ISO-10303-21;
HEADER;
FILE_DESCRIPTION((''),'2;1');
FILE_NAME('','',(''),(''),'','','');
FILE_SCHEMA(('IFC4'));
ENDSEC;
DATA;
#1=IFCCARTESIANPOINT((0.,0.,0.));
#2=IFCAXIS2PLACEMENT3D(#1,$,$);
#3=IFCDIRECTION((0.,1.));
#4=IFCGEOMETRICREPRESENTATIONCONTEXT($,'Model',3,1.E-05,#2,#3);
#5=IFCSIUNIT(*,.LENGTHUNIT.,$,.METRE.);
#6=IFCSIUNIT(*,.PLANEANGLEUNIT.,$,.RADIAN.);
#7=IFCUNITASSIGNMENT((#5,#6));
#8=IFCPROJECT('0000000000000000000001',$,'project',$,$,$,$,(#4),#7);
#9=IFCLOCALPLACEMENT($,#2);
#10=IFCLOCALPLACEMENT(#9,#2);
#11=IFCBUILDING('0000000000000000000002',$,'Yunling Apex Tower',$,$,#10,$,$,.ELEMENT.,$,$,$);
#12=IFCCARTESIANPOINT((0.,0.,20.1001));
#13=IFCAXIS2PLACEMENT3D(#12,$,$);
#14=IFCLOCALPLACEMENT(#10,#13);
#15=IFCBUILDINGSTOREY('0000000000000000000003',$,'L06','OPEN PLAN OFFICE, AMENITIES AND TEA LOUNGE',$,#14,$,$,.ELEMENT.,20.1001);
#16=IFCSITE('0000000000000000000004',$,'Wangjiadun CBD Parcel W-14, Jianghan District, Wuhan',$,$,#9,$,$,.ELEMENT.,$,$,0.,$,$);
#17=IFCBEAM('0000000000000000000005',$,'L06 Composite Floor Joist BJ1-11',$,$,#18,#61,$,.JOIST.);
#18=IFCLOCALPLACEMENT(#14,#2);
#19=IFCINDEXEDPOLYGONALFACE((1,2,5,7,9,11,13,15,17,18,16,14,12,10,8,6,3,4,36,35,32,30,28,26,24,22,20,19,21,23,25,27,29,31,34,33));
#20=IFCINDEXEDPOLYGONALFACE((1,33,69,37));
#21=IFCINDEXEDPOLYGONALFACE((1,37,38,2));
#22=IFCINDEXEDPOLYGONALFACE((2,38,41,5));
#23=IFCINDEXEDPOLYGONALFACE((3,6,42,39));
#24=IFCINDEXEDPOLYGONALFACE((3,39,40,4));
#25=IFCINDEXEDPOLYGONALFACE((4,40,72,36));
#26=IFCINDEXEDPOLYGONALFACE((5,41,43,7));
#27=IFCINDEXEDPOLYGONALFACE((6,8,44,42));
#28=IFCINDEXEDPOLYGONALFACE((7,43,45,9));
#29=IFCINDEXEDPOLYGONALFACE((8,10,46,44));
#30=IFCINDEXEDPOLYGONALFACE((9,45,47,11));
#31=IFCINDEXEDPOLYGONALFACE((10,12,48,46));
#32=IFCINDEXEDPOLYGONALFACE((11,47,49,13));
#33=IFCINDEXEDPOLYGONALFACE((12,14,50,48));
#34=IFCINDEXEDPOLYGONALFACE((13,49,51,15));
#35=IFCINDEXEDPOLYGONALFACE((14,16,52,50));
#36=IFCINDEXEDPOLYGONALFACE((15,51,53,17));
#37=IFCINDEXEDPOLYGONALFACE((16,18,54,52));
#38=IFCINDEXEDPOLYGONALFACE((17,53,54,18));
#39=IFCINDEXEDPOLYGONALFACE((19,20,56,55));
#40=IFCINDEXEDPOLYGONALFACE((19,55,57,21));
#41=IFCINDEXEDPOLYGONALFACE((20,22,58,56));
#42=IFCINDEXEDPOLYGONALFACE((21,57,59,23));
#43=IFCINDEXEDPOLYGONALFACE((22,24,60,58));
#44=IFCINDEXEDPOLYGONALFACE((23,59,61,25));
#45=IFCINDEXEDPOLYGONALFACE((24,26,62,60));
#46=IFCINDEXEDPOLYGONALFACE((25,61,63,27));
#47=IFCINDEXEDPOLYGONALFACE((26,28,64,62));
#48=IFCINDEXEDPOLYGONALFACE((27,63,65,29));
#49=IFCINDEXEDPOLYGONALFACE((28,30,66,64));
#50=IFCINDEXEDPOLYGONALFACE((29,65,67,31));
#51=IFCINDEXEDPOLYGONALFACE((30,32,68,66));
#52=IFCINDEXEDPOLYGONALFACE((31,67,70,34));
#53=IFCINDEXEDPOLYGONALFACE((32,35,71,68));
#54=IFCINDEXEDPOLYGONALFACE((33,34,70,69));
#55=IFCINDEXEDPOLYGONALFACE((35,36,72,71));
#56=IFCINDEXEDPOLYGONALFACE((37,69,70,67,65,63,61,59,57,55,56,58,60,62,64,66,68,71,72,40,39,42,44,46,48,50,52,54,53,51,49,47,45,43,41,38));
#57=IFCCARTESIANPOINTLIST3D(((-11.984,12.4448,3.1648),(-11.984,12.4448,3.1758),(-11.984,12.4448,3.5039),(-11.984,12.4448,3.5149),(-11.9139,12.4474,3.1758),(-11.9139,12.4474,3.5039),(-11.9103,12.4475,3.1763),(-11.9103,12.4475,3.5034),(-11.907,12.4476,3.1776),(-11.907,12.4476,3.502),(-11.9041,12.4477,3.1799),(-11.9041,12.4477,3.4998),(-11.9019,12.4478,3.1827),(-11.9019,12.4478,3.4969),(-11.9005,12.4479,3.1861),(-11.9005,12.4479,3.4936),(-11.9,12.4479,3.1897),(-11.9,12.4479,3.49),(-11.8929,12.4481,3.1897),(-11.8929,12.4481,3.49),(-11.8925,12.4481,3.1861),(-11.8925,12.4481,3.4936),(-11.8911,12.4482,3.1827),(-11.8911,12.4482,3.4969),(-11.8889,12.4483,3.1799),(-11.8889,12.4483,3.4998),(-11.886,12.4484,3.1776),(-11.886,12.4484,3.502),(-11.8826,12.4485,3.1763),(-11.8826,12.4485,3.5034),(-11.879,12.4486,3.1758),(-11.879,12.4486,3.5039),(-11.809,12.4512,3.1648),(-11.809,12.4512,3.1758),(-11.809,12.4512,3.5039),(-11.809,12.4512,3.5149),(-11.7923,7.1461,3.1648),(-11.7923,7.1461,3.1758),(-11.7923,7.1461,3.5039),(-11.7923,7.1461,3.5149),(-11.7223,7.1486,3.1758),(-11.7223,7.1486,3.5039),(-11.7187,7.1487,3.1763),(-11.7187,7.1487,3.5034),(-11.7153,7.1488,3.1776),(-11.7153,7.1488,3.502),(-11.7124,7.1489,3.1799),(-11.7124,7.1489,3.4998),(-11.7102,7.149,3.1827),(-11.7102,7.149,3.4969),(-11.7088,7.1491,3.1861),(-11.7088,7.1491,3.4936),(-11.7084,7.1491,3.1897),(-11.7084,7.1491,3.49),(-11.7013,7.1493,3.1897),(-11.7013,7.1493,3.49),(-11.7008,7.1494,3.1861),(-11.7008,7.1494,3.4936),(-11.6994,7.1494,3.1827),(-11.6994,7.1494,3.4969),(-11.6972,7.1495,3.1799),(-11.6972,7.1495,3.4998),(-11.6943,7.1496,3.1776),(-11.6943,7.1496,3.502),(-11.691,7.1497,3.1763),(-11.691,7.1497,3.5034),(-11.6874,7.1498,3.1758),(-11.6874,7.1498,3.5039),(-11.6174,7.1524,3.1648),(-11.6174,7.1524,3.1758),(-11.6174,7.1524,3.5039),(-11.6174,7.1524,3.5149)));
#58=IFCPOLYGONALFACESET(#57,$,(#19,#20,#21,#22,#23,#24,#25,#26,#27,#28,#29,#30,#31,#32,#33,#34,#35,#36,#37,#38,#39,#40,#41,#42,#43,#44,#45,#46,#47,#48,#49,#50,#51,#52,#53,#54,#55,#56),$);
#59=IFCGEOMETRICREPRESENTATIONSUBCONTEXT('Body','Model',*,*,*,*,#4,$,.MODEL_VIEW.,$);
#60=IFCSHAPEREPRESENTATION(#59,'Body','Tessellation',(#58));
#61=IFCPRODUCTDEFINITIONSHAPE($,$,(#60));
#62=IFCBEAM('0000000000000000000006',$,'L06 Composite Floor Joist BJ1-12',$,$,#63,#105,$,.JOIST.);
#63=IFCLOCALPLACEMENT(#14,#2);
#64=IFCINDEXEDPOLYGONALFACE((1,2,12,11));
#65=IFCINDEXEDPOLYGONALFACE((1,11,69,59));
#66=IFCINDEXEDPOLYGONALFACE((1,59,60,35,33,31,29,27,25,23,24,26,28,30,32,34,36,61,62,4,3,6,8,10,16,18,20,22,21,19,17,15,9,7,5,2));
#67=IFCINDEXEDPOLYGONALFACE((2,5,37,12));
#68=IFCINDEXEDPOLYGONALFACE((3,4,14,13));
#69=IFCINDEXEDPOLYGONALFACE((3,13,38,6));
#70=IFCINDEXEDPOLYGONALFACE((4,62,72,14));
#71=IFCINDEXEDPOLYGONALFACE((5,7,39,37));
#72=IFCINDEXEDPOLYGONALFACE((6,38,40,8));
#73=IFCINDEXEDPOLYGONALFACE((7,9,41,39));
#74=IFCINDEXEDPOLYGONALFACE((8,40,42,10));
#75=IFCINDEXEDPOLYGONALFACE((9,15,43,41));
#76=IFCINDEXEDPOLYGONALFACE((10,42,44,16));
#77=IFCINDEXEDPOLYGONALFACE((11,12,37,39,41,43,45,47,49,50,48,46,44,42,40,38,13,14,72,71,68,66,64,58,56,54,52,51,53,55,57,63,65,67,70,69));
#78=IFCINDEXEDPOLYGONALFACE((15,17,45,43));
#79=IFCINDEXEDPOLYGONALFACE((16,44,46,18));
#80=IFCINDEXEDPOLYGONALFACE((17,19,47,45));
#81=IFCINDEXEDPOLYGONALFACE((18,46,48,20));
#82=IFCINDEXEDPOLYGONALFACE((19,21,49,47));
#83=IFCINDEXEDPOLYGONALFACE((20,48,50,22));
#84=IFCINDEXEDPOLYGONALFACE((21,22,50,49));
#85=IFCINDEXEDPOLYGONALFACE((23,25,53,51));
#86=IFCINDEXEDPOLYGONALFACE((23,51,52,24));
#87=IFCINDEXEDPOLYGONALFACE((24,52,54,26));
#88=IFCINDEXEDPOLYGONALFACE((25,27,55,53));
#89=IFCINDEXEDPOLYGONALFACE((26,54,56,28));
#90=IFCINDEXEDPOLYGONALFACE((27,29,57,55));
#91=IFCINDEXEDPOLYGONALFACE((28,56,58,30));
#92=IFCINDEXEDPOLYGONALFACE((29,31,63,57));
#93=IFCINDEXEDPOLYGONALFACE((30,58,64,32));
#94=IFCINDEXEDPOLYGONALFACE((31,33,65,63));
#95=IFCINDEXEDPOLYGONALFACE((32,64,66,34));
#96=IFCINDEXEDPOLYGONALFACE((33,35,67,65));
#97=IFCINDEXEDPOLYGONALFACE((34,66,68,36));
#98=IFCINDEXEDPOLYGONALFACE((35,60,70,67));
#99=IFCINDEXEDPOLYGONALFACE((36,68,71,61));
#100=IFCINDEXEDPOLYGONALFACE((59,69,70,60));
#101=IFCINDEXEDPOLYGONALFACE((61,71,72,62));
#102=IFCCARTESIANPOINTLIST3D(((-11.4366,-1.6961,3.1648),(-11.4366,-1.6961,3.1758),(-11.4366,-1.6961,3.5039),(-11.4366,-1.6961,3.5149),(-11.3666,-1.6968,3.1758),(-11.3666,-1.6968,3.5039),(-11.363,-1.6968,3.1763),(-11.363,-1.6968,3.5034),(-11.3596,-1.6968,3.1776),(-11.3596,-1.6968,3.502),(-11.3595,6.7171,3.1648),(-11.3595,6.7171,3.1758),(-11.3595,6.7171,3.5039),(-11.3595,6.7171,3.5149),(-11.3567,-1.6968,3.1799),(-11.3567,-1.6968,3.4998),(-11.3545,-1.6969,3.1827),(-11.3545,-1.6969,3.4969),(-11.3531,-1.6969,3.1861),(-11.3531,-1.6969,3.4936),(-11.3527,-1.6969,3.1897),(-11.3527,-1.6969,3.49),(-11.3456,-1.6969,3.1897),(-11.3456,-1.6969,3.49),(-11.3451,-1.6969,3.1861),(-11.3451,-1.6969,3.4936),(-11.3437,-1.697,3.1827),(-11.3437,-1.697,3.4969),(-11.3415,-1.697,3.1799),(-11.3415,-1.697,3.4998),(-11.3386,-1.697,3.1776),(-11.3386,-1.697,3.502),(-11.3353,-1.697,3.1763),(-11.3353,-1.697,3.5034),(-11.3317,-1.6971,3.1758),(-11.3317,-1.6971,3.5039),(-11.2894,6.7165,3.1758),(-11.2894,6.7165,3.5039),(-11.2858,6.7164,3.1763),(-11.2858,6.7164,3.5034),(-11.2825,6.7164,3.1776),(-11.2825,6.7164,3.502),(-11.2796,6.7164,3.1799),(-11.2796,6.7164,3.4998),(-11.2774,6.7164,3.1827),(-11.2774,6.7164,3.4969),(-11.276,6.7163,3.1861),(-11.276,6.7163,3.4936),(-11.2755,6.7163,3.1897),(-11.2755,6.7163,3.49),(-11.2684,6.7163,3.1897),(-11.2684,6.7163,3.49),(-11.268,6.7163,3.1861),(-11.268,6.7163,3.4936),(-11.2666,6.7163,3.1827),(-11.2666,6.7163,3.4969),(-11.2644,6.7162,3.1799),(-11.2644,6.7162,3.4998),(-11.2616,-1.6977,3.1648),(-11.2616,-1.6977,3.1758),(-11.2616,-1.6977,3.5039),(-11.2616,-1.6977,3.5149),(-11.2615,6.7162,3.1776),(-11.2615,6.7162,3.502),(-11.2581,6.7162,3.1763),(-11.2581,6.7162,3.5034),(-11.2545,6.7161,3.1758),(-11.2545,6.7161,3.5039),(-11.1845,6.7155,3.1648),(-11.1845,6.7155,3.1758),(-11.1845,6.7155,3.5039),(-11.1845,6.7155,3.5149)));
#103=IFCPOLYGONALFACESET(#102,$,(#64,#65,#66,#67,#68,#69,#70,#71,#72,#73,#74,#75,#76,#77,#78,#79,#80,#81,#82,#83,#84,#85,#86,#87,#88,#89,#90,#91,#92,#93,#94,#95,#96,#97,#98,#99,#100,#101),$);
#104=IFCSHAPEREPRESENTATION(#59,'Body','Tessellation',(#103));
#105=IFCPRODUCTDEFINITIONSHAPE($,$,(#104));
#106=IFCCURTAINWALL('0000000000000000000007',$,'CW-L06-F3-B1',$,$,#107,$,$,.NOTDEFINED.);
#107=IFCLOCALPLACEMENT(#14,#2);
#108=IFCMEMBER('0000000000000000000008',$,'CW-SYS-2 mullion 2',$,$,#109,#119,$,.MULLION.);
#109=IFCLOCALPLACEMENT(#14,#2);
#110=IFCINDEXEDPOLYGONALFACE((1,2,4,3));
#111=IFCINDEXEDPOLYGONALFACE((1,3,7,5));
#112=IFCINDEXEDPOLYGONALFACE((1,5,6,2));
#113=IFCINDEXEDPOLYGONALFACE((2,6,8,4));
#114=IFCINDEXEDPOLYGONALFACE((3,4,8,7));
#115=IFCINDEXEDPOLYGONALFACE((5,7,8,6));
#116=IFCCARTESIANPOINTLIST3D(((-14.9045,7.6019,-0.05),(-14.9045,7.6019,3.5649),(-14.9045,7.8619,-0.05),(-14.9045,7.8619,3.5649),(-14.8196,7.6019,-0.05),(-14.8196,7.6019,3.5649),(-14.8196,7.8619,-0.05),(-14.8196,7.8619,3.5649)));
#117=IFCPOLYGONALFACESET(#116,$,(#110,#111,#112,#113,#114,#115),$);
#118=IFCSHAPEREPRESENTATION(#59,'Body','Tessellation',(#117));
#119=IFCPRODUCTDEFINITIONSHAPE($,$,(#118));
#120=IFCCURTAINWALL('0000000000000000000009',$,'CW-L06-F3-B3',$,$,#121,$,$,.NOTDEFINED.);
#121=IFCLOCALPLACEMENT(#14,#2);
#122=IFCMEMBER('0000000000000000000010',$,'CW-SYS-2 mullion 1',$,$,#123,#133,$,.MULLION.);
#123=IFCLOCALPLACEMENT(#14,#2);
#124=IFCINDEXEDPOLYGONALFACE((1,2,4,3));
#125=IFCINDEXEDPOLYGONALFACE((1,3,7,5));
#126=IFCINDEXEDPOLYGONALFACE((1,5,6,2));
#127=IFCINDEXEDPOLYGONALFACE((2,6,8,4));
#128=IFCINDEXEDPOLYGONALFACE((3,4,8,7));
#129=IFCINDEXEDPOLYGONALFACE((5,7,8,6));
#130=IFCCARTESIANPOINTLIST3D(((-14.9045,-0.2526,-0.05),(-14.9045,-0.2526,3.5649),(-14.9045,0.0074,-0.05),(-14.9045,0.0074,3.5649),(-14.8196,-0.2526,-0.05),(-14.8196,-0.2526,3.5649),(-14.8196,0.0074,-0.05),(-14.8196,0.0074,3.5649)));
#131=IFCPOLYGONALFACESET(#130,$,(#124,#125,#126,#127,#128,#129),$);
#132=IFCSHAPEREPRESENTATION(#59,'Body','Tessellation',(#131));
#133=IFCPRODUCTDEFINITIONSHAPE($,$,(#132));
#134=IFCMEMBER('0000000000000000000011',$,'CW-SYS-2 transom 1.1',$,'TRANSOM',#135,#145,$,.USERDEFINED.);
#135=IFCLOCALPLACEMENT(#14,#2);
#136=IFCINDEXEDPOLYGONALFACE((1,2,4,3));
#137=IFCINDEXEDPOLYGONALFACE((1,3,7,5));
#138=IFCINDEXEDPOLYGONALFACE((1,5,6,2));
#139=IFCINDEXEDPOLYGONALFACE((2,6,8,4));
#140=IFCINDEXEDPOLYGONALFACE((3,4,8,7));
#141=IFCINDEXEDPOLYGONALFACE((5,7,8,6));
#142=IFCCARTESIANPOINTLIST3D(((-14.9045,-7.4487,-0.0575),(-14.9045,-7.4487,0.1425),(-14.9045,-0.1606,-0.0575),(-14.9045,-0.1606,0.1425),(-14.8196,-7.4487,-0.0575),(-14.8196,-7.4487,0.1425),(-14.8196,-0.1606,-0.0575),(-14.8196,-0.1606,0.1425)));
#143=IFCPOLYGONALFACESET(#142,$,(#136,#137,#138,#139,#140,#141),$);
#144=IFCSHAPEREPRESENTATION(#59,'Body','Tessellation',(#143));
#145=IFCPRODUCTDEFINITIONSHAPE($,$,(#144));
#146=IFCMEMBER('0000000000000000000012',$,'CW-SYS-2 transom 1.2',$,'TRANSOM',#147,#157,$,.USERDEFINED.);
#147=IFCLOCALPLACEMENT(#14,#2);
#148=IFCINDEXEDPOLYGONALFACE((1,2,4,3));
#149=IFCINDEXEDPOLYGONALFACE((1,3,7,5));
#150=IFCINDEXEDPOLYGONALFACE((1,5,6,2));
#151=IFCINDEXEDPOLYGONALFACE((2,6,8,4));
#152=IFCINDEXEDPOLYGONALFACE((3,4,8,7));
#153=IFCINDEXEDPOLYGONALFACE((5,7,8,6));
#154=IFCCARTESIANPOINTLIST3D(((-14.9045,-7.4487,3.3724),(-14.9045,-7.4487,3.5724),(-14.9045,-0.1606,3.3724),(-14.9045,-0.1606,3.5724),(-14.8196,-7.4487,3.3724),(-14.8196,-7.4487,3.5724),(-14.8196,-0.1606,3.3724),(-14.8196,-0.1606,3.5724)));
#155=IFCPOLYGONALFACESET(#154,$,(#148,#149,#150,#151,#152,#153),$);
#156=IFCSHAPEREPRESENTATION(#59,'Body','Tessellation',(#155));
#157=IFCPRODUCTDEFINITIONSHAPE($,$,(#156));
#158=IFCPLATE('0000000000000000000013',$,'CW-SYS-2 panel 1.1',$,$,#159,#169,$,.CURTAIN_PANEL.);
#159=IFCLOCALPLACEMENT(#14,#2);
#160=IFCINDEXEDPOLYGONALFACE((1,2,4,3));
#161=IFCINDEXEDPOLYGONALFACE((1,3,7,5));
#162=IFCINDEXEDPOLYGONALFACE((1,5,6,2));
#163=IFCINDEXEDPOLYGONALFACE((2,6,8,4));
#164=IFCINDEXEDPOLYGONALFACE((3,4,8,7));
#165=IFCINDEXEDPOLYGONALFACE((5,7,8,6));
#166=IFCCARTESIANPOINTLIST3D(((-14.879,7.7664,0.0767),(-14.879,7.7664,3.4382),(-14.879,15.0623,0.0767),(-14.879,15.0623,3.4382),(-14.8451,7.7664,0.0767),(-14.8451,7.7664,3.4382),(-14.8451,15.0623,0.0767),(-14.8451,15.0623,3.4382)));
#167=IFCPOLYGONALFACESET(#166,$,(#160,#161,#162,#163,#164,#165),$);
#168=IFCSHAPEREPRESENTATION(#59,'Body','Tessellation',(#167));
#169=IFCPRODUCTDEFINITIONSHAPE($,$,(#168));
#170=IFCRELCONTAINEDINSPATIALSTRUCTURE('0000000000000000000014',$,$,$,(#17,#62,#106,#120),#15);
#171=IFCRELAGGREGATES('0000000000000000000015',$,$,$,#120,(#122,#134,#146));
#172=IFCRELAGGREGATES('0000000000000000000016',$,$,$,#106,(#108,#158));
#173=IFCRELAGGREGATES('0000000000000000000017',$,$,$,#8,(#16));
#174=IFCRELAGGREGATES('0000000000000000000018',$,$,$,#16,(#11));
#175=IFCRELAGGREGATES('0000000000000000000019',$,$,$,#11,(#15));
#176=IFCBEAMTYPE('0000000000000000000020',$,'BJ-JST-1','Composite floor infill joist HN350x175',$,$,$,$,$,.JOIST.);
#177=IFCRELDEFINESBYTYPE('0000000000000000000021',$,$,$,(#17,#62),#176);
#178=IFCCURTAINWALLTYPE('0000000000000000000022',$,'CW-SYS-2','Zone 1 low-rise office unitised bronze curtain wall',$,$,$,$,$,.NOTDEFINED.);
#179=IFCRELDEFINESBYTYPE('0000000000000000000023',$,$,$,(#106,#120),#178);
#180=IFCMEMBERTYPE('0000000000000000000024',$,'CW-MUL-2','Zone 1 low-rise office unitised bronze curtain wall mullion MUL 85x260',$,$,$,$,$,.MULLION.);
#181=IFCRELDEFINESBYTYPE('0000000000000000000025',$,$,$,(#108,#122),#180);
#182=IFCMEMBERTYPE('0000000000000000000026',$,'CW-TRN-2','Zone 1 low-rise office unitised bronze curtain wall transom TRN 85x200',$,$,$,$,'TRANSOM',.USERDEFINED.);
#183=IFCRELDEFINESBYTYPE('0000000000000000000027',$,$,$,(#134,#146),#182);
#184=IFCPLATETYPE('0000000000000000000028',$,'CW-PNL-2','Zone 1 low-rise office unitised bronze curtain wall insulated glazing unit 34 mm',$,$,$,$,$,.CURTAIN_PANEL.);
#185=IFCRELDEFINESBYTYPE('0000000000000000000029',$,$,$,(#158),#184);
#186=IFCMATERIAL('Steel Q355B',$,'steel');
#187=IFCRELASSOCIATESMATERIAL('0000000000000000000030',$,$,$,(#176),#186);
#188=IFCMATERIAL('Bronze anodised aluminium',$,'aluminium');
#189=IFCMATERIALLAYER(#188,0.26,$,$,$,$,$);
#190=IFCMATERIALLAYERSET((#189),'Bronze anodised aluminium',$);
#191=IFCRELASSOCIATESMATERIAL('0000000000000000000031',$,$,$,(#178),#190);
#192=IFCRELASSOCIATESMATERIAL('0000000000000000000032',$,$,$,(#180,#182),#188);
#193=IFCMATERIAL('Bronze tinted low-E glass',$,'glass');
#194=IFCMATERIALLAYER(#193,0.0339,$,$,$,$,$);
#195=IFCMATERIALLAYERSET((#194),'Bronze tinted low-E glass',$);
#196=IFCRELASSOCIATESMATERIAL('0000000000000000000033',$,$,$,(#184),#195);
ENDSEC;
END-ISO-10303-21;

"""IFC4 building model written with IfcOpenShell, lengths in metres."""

from ifc_helpers import new_model, si_unit, direction, frame, origin, origin_2d, place, context, subcontext, project, spatial, rectangle, i_section, extrude, source, transform, mapped, material, layer, layer_set, material_profile, profile_set, type_object, element, aggregate, save


model = new_model("IFC4")

# Units and contexts
model_context = context("Model", 3, precision=1e-05, world=origin(), true_north=direction((0.0, 1.0)))
body_context = subcontext(model_context, "Body", "Model", "MODEL_VIEW")
ifc_project = project(units=[si_unit("LENGTHUNIT", "METRE"), si_unit("PLANEANGLEUNIT", "RADIAN")], contexts=[model_context])

# Site, building, storey
site_placement = place(None, origin())
site = spatial("IfcSite", under=ifc_project, at=site_placement, Name="Wangjiadun CBD Parcel W-14, Jianghan District, Wuhan", CompositionType="ELEMENT", RefElevation=0.0)
building_placement = place(site_placement, origin())
building = spatial("IfcBuilding", under=site, at=building_placement, Name="Yunling Apex Tower", CompositionType="ELEMENT")
storey_placement = place(building_placement, frame((0.0, 0.0, 20.1001)))
storey = spatial("IfcBuildingStorey", under=building, at=storey_placement, Name="L06", Description="OPEN PLAN OFFICE, AMENITIES AND TEA LOUNGE", CompositionType="ELEMENT", Elevation=20.1001)

# Beams
ifc_material_1 = material(Name="Steel Q355B", Category="steel")
ifc_material_profile_1 = material_profile(ifc_material_1, i_section(OverallWidth=0.175, OverallDepth=0.3501, WebThickness=0.0071, FlangeThickness=0.011, FilletRadius=0.0139, at=origin_2d()))
ifc_profile_set_1 = profile_set([ifc_material_profile_1], Name="Steel Q355B")
beam_type_1 = type_object("IfcBeamType", Name="BJ-JST-1", Description="Composite floor infill joist HN350x175", PredefinedType="JOIST", material=ifc_profile_set_1)
shared_shape_1 = source(origin(), body_context, "Body", "SweptSolid", [
    extrude(i_section(OverallWidth=0.175, OverallDepth=0.3501, WebThickness=0.0071, FlangeThickness=0.011, FilletRadius=0.0139, at=origin_2d()), origin(), (0.0, 0.0, 1.0), 5.3022),
])
beam_1_placement = place(storey_placement, frame((-11.8965, 12.448, 3.3398), z_axis=(0.036145, -0.999347, 0.0), x_axis=(0.999347, 0.036145, 0.0)))
element("IfcBeam", 1, at=beam_1_placement, inside=storey, type_object=beam_type_1, Name="L06 Composite Floor Joist BJ1-11", PredefinedType="JOIST", context=body_context, shape_type="MappedRepresentation", body=[
    mapped(shared_shape_1, transform((0.0, 0.0, 0.0), scale=1.0)),
])
shared_shape_2 = source(origin(), body_context, "Body", "SweptSolid", [
    extrude(i_section(OverallWidth=0.175, OverallDepth=0.3501, WebThickness=0.0071, FlangeThickness=0.011, FilletRadius=0.0139, at=origin_2d()), origin(), (0.0, 0.0, 1.0), 8.4136),
])
beam_2_placement = place(storey_placement, frame((-11.272, 6.7163, 3.3398), z_axis=(-0.009169, -0.999958, 0.0), x_axis=(0.999958, -0.009169, 0.0)))
element("IfcBeam", 2, at=beam_2_placement, inside=storey, type_object=beam_type_1, Name="L06 Composite Floor Joist BJ1-12", PredefinedType="JOIST", context=body_context, shape_type="MappedRepresentation", body=[
    mapped(shared_shape_2, transform((0.0, 0.0, 0.0), scale=1.0)),
])

# Curtain wall, member
ifc_material_2 = material(Name="Bronze anodised aluminium", Category="aluminium")
ifc_layer_1 = layer(ifc_material_2, 0.26)
ifc_layer_set_1 = layer_set([ifc_layer_1], Name="Bronze anodised aluminium")
curtain_wall_type = type_object("IfcCurtainWallType", Name="CW-SYS-2", Description="Zone 1 low-rise office unitised bronze curtain wall", PredefinedType="NOTDEFINED", material=ifc_layer_set_1)
curtain_wall_1_placement = place(storey_placement, origin())
curtain_wall_1 = element("IfcCurtainWall", 3, at=curtain_wall_1_placement, inside=storey, type_object=curtain_wall_type, Name="CW-L06-F3-B1", PredefinedType="NOTDEFINED")
ifc_material_profile_2 = material_profile(ifc_material_2, rectangle(XDim=0.085, YDim=0.26, at=origin_2d()))
ifc_profile_set_2 = profile_set([ifc_material_profile_2], Name="Bronze anodised aluminium")
member_type_1 = type_object("IfcMemberType", Name="CW-MUL-2", Description="Zone 1 low-rise office unitised bronze curtain wall mullion MUL 85x260", PredefinedType="MULLION", material=ifc_profile_set_2)
shared_shape_3 = source(origin(), body_context, "Body", "SweptSolid", [
    extrude(rectangle(XDim=0.085, YDim=0.26, at=origin_2d()), origin(), (0.0, 0.0, 1.0), 3.615),
])
member_1_placement = place(storey_placement, frame((-14.8621, 7.7319, -0.05), z_axis=(0.0, 0.0, 1.0), x_axis=(1.0, 0.0, 0.0)))
member_1 = element("IfcMember", 4, at=member_1_placement, type_object=member_type_1, Name="CW-SYS-2 mullion 2", PredefinedType="MULLION", context=body_context, shape_type="MappedRepresentation", body=[
    mapped(shared_shape_3, transform((0.0, 0.0, 0.0), scale=1.0)),
])

# Curtain wall, members
curtain_wall_2_placement = place(storey_placement, origin())
curtain_wall_2 = element("IfcCurtainWall", 5, at=curtain_wall_2_placement, inside=storey, type_object=curtain_wall_type, Name="CW-L06-F3-B3", PredefinedType="NOTDEFINED")
member_2_placement = place(storey_placement, frame((-14.8621, -0.1226, -0.05), z_axis=(0.0, 0.0, 1.0), x_axis=(1.0, 0.0, 0.0)))
member_2 = element("IfcMember", 6, at=member_2_placement, type_object=member_type_1, Name="CW-SYS-2 mullion 1", PredefinedType="MULLION", context=body_context, shape_type="MappedRepresentation", body=[
    mapped(shared_shape_3, transform((0.0, 0.0, 0.0), scale=1.0)),
])
ifc_material_profile_3 = material_profile(ifc_material_2, rectangle(XDim=0.085, YDim=0.2, at=origin_2d()))
ifc_profile_set_3 = profile_set([ifc_material_profile_3], Name="Bronze anodised aluminium")
member_type_2 = type_object("IfcMemberType", Name="CW-TRN-2", Description="Zone 1 low-rise office unitised bronze curtain wall transom TRN 85x200", ElementType="TRANSOM", PredefinedType="USERDEFINED", material=ifc_profile_set_3)
shared_shape_4 = source(origin(), body_context, "Body", "SweptSolid", [
    extrude(rectangle(XDim=0.085, YDim=0.2, at=origin_2d()), origin(), (0.0, 0.0, 1.0), 7.2881),
])
member_3_placement = place(storey_placement, frame((-14.8621, -0.1606, 0.0425), z_axis=(0.0, -1.0, 0.0), x_axis=(1.0, 0.0, 0.0)))
member_3 = element("IfcMember", 7, at=member_3_placement, type_object=member_type_2, Name="CW-SYS-2 transom 1.1", ObjectType="TRANSOM", PredefinedType="USERDEFINED", context=body_context, shape_type="MappedRepresentation", body=[
    mapped(shared_shape_4, transform((0.0, 0.0, 0.0), scale=1.0)),
])
member_4_placement = place(storey_placement, frame((-14.8621, -0.1606, 3.4724), z_axis=(0.0, -1.0, 0.0), x_axis=(1.0, 0.0, 0.0)))
member_4 = element("IfcMember", 8, at=member_4_placement, type_object=member_type_2, Name="CW-SYS-2 transom 1.2", ObjectType="TRANSOM", PredefinedType="USERDEFINED", context=body_context, shape_type="MappedRepresentation", body=[
    mapped(shared_shape_4, transform((0.0, 0.0, 0.0), scale=1.0)),
])
aggregate(curtain_wall_2, [member_2, member_3, member_4])

# Plate
ifc_material_3 = material(Name="Bronze tinted low-E glass", Category="glass")
ifc_layer_2 = layer(ifc_material_3, 0.0339)
ifc_layer_set_2 = layer_set([ifc_layer_2], Name="Bronze tinted low-E glass")
plate_type = type_object("IfcPlateType", Name="CW-PNL-2", Description="Zone 1 low-rise office unitised bronze curtain wall insulated glazing unit 34 mm", PredefinedType="CURTAIN_PANEL", material=ifc_layer_set_2)
shared_shape_5 = source(origin(), body_context, "Body", "SweptSolid", [
    extrude(rectangle(XDim=7.2959, YDim=0.0339, at=origin_2d()), origin(), (0.0, 0.0, 1.0), 3.3616),
])
plate_placement = place(storey_placement, frame((-14.8621, 11.4143, 0.0767), z_axis=(0.0, 0.0, 1.0), x_axis=(0.0, -1.0, 0.0)))
plate = element("IfcPlate", 9, at=plate_placement, type_object=plate_type, Name="CW-SYS-2 panel 1.1", PredefinedType="CURTAIN_PANEL", context=body_context, shape_type="MappedRepresentation", body=[
    mapped(shared_shape_5, transform((0.0, 0.0, 0.0), scale=1.0)),
])
aggregate(curtain_wall_1, [member_1, plate])

save(model, "model.ifc")
